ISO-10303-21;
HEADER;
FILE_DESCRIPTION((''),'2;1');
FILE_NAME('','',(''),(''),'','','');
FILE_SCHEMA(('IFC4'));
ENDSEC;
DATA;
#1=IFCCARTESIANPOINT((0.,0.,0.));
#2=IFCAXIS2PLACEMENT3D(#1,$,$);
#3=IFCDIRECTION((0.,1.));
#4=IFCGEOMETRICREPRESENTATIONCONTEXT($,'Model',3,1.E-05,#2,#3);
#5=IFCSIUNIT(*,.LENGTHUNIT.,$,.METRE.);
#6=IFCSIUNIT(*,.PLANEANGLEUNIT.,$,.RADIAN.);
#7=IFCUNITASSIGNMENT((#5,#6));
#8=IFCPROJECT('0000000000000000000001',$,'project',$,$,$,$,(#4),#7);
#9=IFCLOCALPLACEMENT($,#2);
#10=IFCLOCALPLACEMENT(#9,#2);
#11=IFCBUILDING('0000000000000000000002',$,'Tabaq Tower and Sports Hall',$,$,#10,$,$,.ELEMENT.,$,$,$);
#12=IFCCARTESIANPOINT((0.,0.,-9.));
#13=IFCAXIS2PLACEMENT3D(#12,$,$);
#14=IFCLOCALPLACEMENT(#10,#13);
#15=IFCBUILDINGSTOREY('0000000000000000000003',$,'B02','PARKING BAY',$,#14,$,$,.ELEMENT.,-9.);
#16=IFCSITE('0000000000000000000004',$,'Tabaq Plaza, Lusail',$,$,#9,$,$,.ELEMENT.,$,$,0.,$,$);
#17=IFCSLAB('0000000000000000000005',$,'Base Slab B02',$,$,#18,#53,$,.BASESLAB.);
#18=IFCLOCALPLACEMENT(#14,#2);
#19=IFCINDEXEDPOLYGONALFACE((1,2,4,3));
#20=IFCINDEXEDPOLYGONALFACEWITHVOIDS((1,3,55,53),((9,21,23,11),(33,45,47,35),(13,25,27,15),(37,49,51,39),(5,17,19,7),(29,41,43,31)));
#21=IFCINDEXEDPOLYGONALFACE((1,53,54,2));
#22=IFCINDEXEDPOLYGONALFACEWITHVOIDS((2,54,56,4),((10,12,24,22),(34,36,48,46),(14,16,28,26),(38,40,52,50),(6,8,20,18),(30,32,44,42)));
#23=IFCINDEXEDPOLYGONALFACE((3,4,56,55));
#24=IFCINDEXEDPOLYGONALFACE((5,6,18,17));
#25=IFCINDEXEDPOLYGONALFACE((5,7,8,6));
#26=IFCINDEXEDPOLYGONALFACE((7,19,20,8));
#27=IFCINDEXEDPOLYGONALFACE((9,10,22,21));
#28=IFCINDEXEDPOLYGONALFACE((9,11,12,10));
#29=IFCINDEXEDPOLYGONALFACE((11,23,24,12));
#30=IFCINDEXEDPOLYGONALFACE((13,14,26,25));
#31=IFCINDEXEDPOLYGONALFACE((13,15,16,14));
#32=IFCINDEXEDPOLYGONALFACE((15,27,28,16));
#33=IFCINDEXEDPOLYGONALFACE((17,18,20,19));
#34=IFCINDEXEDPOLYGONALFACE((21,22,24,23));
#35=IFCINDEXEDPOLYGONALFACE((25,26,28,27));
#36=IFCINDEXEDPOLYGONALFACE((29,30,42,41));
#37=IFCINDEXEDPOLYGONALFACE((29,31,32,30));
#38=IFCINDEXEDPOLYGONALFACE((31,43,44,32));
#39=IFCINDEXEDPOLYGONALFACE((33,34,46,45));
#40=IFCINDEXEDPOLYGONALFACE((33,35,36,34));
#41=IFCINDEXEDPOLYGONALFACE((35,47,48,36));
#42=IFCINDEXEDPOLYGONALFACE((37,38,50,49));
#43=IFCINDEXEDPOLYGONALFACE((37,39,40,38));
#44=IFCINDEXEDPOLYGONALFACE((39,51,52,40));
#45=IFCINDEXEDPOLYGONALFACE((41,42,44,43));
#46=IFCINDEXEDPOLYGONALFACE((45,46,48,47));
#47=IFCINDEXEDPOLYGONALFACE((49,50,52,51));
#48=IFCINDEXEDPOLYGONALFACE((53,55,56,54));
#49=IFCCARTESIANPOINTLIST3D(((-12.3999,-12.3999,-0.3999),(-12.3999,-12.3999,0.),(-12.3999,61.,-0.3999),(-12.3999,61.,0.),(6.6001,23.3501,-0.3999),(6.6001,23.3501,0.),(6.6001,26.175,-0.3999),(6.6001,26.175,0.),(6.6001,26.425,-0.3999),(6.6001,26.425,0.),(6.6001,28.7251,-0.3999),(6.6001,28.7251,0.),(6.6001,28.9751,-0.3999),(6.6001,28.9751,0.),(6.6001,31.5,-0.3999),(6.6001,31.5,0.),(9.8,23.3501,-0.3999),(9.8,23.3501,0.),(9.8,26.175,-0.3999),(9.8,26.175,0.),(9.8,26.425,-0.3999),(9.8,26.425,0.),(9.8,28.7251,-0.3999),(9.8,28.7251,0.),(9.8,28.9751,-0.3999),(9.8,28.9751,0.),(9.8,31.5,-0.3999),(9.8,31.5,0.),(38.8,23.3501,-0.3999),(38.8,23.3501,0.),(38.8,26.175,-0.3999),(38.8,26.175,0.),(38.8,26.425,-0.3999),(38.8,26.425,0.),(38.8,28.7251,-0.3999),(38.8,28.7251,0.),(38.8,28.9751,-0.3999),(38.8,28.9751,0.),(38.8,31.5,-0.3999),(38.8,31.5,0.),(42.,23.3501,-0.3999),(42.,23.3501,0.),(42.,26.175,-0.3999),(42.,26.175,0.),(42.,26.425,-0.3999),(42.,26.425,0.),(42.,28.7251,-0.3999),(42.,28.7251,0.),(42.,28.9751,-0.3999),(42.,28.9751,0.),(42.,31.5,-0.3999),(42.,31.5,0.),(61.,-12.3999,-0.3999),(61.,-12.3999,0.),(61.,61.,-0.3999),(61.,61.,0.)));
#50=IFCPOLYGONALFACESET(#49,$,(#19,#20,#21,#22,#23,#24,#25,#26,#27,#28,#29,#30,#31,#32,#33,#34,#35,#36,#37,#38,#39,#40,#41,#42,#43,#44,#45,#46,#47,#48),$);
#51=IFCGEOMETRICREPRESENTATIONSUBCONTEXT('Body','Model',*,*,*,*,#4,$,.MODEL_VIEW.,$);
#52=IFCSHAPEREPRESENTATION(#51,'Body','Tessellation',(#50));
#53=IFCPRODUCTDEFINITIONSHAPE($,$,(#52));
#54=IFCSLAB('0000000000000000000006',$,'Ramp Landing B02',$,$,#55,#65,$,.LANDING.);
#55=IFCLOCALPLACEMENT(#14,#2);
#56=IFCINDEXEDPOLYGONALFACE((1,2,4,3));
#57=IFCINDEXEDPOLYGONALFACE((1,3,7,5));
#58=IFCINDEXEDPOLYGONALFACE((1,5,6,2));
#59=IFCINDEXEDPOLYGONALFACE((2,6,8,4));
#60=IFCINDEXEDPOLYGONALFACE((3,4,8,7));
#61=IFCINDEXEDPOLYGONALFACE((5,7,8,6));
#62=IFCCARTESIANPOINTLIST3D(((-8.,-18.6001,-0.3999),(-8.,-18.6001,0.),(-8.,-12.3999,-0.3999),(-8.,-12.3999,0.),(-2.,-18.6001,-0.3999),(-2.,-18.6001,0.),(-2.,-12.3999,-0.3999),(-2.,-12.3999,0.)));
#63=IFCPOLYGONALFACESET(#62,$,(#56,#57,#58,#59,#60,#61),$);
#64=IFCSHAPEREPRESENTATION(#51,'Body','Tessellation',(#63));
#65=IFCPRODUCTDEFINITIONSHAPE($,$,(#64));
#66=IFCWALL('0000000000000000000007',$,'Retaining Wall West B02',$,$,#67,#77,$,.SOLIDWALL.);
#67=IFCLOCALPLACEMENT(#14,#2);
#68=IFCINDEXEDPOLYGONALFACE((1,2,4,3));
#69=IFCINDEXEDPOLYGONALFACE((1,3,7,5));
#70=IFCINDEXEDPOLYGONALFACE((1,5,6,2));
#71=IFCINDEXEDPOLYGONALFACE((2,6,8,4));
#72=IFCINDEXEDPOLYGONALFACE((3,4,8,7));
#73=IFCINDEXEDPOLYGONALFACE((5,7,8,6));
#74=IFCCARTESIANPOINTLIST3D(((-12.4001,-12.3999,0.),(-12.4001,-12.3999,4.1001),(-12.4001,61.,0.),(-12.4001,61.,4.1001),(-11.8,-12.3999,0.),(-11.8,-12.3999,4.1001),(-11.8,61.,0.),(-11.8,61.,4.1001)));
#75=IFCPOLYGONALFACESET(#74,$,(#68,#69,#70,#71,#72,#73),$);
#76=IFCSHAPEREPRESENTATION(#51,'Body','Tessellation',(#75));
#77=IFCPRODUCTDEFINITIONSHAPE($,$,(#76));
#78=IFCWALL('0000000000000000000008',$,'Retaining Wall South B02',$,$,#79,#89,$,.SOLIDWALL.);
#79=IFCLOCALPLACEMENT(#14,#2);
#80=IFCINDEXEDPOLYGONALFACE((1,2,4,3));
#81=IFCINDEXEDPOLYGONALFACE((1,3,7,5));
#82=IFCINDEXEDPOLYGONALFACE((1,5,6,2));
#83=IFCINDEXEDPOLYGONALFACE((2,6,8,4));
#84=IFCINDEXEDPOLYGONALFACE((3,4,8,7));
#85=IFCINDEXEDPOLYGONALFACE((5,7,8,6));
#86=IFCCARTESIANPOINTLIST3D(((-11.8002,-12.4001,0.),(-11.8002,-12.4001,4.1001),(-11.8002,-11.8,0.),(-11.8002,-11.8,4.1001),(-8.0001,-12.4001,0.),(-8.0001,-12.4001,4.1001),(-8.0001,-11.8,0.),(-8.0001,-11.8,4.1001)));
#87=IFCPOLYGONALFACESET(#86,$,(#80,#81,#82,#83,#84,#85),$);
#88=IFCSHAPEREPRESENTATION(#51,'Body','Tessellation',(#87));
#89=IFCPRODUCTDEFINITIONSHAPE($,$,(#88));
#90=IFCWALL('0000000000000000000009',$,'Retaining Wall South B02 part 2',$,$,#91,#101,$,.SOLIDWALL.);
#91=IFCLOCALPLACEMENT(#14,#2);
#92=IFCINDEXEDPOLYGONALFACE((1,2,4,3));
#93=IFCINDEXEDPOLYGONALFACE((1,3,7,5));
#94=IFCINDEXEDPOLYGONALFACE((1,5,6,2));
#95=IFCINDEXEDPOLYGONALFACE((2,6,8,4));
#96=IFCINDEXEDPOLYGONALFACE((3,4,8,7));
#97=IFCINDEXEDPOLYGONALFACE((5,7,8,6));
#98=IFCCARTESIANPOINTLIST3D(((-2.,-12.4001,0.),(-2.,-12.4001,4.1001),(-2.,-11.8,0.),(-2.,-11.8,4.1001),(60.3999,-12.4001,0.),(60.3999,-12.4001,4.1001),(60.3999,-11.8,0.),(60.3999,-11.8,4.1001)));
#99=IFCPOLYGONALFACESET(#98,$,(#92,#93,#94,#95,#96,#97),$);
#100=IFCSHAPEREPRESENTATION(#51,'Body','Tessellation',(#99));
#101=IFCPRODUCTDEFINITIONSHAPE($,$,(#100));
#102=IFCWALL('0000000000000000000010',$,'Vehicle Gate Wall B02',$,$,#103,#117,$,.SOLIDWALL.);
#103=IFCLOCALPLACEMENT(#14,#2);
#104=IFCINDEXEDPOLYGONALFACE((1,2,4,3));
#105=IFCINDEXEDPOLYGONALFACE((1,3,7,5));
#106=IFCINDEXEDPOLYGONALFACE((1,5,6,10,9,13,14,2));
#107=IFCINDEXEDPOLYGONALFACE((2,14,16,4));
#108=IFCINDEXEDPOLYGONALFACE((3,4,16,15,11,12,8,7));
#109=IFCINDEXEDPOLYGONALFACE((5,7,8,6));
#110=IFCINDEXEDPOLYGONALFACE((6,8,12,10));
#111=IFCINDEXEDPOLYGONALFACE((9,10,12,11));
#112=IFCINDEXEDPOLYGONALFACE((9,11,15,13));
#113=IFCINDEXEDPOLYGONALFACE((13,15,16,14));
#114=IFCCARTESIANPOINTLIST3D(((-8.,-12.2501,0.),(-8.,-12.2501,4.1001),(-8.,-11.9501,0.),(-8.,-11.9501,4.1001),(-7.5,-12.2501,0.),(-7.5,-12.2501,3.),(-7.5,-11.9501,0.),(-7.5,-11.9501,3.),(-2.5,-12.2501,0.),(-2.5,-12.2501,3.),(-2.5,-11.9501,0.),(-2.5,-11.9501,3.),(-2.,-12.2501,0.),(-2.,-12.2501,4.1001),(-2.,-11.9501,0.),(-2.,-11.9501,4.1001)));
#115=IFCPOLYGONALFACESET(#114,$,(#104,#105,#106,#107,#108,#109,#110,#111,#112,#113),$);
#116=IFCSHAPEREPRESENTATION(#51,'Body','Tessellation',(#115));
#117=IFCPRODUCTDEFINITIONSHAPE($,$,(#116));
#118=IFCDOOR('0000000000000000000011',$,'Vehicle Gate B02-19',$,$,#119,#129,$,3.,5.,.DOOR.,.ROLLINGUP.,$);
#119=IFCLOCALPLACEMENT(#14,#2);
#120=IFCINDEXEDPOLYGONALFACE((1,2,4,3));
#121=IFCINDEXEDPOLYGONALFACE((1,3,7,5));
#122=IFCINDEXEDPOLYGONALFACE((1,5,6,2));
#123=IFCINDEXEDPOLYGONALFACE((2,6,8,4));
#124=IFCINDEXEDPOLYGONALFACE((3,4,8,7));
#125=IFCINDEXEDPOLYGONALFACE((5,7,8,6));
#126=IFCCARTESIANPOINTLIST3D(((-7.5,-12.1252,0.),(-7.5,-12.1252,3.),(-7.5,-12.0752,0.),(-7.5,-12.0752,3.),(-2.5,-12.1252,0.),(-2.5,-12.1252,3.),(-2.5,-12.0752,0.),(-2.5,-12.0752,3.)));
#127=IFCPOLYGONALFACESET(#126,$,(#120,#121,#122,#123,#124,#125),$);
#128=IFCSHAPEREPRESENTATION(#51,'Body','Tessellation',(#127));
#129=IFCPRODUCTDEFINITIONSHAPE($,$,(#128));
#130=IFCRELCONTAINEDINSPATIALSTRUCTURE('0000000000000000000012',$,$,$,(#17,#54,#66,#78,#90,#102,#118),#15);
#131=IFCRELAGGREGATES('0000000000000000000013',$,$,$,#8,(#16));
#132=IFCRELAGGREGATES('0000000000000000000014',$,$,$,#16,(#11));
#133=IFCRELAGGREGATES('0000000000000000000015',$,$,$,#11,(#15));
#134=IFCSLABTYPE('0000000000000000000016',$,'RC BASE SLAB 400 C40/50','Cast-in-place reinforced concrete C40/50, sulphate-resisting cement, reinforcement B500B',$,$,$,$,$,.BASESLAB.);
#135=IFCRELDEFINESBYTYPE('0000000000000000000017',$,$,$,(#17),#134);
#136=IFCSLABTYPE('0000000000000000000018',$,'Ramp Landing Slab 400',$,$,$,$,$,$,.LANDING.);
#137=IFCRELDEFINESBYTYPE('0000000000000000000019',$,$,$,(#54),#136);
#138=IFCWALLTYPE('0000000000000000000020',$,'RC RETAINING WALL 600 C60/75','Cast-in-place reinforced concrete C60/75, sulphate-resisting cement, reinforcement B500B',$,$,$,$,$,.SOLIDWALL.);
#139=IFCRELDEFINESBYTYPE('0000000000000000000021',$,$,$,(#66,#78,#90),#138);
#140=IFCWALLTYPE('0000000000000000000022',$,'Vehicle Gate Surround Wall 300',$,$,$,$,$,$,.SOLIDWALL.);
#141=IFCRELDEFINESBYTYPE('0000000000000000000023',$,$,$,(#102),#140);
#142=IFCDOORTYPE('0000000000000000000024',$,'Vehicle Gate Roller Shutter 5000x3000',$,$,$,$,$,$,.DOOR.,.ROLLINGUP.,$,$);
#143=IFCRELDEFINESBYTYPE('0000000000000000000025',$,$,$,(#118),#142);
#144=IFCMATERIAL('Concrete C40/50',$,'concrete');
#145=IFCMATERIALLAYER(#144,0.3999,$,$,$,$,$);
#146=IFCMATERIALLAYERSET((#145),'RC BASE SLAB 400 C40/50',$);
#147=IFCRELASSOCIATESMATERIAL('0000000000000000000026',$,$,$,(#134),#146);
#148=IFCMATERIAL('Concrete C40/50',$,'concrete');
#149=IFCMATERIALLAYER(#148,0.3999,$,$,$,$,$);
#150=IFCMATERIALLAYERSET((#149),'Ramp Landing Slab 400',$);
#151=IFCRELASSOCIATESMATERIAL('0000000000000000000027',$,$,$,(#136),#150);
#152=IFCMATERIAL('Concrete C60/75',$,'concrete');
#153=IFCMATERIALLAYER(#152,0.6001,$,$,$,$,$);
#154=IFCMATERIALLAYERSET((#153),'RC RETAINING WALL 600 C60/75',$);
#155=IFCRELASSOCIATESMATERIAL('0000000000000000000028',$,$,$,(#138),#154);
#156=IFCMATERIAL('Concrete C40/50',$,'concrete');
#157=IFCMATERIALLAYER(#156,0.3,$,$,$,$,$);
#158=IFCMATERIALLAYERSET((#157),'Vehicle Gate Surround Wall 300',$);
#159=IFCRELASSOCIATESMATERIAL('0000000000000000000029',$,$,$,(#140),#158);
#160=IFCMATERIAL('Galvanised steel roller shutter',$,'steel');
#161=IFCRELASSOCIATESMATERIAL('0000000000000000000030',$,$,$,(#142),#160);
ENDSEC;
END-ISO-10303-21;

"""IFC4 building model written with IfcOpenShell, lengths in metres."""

from ifc_helpers import new_model, si_unit, direction, frame, frame_2d, origin, place, context, subcontext, project, spatial, polyline, rectangle, outline, extrude, material, layer, layer_set, type_object, element, fill, save


model = new_model("IFC4")

# Units and contexts
model_context = context("Model", 3, precision=1e-05, world=origin(), true_north=direction((0.0, 1.0)))
body_context = subcontext(model_context, "Body", "Model", "MODEL_VIEW")
ifc_project = project(units=[si_unit("LENGTHUNIT", "METRE"), si_unit("PLANEANGLEUNIT", "RADIAN")], contexts=[model_context])

# Site, building, storey
site_placement = place(None, origin())
site = spatial("IfcSite", under=ifc_project, at=site_placement, Name="Tabaq Plaza, Lusail", CompositionType="ELEMENT", RefElevation=0.0)
building_placement = place(site_placement, origin())
building = spatial("IfcBuilding", under=site, at=building_placement, Name="Tabaq Tower and Sports Hall", CompositionType="ELEMENT")
storey_placement = place(building_placement, frame((0.0, 0.0, -9.0)))
storey = spatial("IfcBuildingStorey", under=building, at=storey_placement, Name="B02", Description="PARKING BAY", CompositionType="ELEMENT", Elevation=-9.0)

# Slabs
ifc_material_1 = material(Name="Concrete C40/50", Category="concrete")
ifc_layer_1 = layer(ifc_material_1, 0.3999)
ifc_layer_set_1 = layer_set([ifc_layer_1], Name="RC BASE SLAB 400 C40/50")
slab_type_1 = type_object("IfcSlabType", Name="RC BASE SLAB 400 C40/50", Description="Cast-in-place reinforced concrete C40/50, sulphate-resisting cement, reinforcement B500B", PredefinedType="BASESLAB", material=ifc_layer_set_1)
slab_1_placement = place(storey_placement, frame((0.0, 0.0, -0.3999)))
element("IfcSlab", 1, at=slab_1_placement, inside=storey, type_object=slab_type_1, Name="Base Slab B02", PredefinedType="BASESLAB", context=body_context, shape_type="SweptSolid", body=[
    extrude(outline(polyline([(-12.3999, -12.3999), (61.0, -12.3999), (61.0, 61.0), (-12.3999, 61.0), (-12.3999, -12.3999)]), holes=[polyline([(6.6001, 26.175), (9.8, 26.175), (9.8, 23.3501), (6.6001, 23.3501), (6.6001, 26.175)]), polyline([(42.0, 26.175), (42.0, 23.3501), (38.8, 23.3501), (38.8, 26.175), (42.0, 26.175)]), polyline([(9.8, 28.7251), (9.8, 26.425), (6.6001, 26.425), (6.6001, 28.7251), (9.8, 28.7251)]), polyline([(38.8, 28.7251), (42.0, 28.7251), (42.0, 26.425), (38.8, 26.425), (38.8, 28.7251)]), polyline([(9.8, 31.5), (9.8, 28.9751), (6.6001, 28.9751), (6.6001, 31.5), (9.8, 31.5)]), polyline([(42.0, 31.5), (42.0, 28.9751), (38.8, 28.9751), (38.8, 31.5), (42.0, 31.5)])]), origin(), (0.0, 0.0, 1.0), 0.3999),
])
ifc_material_2 = material(Name="Concrete C40/50", Category="concrete")
ifc_layer_2 = layer(ifc_material_2, 0.3999)
ifc_layer_set_2 = layer_set([ifc_layer_2], Name="Ramp Landing Slab 400")
slab_type_2 = type_object("IfcSlabType", Name="Ramp Landing Slab 400", PredefinedType="LANDING", material=ifc_layer_set_2)
slab_2_placement = place(storey_placement, frame((0.0, 0.0, -0.3999)))
element("IfcSlab", 2, at=slab_2_placement, inside=storey, type_object=slab_type_2, Name="Ramp Landing B02", PredefinedType="LANDING", context=body_context, shape_type="SweptSolid", body=[
    extrude(outline(polyline([(-8.0, -18.6001), (-2.0, -18.6001), (-2.0, -12.3999), (-8.0, -12.3999), (-8.0, -18.6001)])), origin(), (0.0, 0.0, 1.0), 0.3999),
])

# Walls
ifc_material_3 = material(Name="Concrete C60/75", Category="concrete")
ifc_layer_3 = layer(ifc_material_3, 0.6001)
ifc_layer_set_3 = layer_set([ifc_layer_3], Name="RC RETAINING WALL 600 C60/75")
wall_type_1 = type_object("IfcWallType", Name="RC RETAINING WALL 600 C60/75", Description="Cast-in-place reinforced concrete C60/75, sulphate-resisting cement, reinforcement B500B", PredefinedType="SOLIDWALL", material=ifc_layer_set_3)
wall_1_placement = place(storey_placement, frame((-12.1001, -12.3999, 0.0), z_axis=(0.0, 0.0, 1.0), x_axis=(0.0, 1.0, 0.0)))
element("IfcWall", 3, at=wall_1_placement, inside=storey, type_object=wall_type_1, Name="Retaining Wall West B02", PredefinedType="SOLIDWALL", context=body_context, shape_type="SweptSolid", body=[
    extrude(rectangle(XDim=73.3999, YDim=0.6001, at=frame_2d((36.7, 0.0))), origin(), (0.0, 0.0, 1.0), 4.1001),
])
wall_2_placement = place(storey_placement, frame((-11.8, -12.1001, 0.0), z_axis=(0.0, 0.0, 1.0), x_axis=(1.0, 0.0, 0.0)))
element("IfcWall", 4, at=wall_2_placement, inside=storey, type_object=wall_type_1, Name="Retaining Wall South B02", PredefinedType="SOLIDWALL", context=body_context, shape_type="SweptSolid", body=[
    extrude(rectangle(XDim=3.8, YDim=0.6001, at=frame_2d((1.8999, 0.0))), origin(), (0.0, 0.0, 1.0), 4.1001),
])
wall_3_placement = place(storey_placement, frame((-2.0, -12.1001, 0.0), z_axis=(0.0, 0.0, 1.0), x_axis=(1.0, 0.0, 0.0)))
element("IfcWall", 5, at=wall_3_placement, inside=storey, type_object=wall_type_1, Name="Retaining Wall South B02 part 2", PredefinedType="SOLIDWALL", context=body_context, shape_type="SweptSolid", body=[
    extrude(rectangle(XDim=62.3999, YDim=0.6001, at=frame_2d((31.2, 0.0))), origin(), (0.0, 0.0, 1.0), 4.1001),
])

# Wall, opening, door
ifc_material_4 = material(Name="Concrete C40/50", Category="concrete")
ifc_layer_4 = layer(ifc_material_4, 0.3)
ifc_layer_set_4 = layer_set([ifc_layer_4], Name="Vehicle Gate Surround Wall 300")
wall_type_2 = type_object("IfcWallType", Name="Vehicle Gate Surround Wall 300", PredefinedType="SOLIDWALL", material=ifc_layer_set_4)
wall_4_placement = place(storey_placement, frame((-8.0, -12.1001, 0.0), z_axis=(0.0, 0.0, 1.0), x_axis=(1.0, 0.0, 0.0)))
wall_4 = element("IfcWall", 6, at=wall_4_placement, inside=storey, type_object=wall_type_2, Name="Vehicle Gate Wall B02", PredefinedType="SOLIDWALL", context=body_context, shape_type="SweptSolid", body=[
    extrude(rectangle(XDim=6.0, YDim=0.3, at=frame_2d((3.0, 0.0))), origin(), (0.0, 0.0, 1.0), 4.1001),
])
opening_placement = place(wall_4_placement, frame((0.5, 0.0, 0.0)))
opening = element("IfcOpeningElement", 7, at=opening_placement, cuts=wall_4, PredefinedType="OPENING", context=body_context, shape_type="SweptSolid", body=[
    extrude(rectangle(XDim=5.0, YDim=3.0, at=frame_2d((2.5, 1.5))), frame((0.0, 0.1602, 0.0), z_axis=(0.0, -1.0, 0.0), x_axis=(1.0, 0.0, 0.0)), (0.0, 0.0, 1.0), 0.3201),
])
ifc_material_5 = material(Name="Galvanised steel roller shutter", Category="steel")
door_type = type_object("IfcDoorType", Name="Vehicle Gate Roller Shutter 5000x3000", OperationType="ROLLINGUP", PredefinedType="DOOR", material=ifc_material_5)
door_placement = place(opening_placement, origin())
door = element("IfcDoor", 8, at=door_placement, inside=storey, type_object=door_type, Name="Vehicle Gate B02-19", OperationType="ROLLINGUP", OverallHeight=3.0, OverallWidth=5.0, PredefinedType="DOOR", context=body_context, shape_type="SweptSolid", body=[
    extrude(rectangle(XDim=5.0, YDim=3.0, at=frame_2d((2.5, 1.5))), frame((0.0, 0.0249, 0.0), z_axis=(0.0, -1.0, 0.0), x_axis=(1.0, 0.0, 0.0)), (0.0, 0.0, 1.0), 0.05),
])
fill(opening, door)

save(model, "model.ifc")
